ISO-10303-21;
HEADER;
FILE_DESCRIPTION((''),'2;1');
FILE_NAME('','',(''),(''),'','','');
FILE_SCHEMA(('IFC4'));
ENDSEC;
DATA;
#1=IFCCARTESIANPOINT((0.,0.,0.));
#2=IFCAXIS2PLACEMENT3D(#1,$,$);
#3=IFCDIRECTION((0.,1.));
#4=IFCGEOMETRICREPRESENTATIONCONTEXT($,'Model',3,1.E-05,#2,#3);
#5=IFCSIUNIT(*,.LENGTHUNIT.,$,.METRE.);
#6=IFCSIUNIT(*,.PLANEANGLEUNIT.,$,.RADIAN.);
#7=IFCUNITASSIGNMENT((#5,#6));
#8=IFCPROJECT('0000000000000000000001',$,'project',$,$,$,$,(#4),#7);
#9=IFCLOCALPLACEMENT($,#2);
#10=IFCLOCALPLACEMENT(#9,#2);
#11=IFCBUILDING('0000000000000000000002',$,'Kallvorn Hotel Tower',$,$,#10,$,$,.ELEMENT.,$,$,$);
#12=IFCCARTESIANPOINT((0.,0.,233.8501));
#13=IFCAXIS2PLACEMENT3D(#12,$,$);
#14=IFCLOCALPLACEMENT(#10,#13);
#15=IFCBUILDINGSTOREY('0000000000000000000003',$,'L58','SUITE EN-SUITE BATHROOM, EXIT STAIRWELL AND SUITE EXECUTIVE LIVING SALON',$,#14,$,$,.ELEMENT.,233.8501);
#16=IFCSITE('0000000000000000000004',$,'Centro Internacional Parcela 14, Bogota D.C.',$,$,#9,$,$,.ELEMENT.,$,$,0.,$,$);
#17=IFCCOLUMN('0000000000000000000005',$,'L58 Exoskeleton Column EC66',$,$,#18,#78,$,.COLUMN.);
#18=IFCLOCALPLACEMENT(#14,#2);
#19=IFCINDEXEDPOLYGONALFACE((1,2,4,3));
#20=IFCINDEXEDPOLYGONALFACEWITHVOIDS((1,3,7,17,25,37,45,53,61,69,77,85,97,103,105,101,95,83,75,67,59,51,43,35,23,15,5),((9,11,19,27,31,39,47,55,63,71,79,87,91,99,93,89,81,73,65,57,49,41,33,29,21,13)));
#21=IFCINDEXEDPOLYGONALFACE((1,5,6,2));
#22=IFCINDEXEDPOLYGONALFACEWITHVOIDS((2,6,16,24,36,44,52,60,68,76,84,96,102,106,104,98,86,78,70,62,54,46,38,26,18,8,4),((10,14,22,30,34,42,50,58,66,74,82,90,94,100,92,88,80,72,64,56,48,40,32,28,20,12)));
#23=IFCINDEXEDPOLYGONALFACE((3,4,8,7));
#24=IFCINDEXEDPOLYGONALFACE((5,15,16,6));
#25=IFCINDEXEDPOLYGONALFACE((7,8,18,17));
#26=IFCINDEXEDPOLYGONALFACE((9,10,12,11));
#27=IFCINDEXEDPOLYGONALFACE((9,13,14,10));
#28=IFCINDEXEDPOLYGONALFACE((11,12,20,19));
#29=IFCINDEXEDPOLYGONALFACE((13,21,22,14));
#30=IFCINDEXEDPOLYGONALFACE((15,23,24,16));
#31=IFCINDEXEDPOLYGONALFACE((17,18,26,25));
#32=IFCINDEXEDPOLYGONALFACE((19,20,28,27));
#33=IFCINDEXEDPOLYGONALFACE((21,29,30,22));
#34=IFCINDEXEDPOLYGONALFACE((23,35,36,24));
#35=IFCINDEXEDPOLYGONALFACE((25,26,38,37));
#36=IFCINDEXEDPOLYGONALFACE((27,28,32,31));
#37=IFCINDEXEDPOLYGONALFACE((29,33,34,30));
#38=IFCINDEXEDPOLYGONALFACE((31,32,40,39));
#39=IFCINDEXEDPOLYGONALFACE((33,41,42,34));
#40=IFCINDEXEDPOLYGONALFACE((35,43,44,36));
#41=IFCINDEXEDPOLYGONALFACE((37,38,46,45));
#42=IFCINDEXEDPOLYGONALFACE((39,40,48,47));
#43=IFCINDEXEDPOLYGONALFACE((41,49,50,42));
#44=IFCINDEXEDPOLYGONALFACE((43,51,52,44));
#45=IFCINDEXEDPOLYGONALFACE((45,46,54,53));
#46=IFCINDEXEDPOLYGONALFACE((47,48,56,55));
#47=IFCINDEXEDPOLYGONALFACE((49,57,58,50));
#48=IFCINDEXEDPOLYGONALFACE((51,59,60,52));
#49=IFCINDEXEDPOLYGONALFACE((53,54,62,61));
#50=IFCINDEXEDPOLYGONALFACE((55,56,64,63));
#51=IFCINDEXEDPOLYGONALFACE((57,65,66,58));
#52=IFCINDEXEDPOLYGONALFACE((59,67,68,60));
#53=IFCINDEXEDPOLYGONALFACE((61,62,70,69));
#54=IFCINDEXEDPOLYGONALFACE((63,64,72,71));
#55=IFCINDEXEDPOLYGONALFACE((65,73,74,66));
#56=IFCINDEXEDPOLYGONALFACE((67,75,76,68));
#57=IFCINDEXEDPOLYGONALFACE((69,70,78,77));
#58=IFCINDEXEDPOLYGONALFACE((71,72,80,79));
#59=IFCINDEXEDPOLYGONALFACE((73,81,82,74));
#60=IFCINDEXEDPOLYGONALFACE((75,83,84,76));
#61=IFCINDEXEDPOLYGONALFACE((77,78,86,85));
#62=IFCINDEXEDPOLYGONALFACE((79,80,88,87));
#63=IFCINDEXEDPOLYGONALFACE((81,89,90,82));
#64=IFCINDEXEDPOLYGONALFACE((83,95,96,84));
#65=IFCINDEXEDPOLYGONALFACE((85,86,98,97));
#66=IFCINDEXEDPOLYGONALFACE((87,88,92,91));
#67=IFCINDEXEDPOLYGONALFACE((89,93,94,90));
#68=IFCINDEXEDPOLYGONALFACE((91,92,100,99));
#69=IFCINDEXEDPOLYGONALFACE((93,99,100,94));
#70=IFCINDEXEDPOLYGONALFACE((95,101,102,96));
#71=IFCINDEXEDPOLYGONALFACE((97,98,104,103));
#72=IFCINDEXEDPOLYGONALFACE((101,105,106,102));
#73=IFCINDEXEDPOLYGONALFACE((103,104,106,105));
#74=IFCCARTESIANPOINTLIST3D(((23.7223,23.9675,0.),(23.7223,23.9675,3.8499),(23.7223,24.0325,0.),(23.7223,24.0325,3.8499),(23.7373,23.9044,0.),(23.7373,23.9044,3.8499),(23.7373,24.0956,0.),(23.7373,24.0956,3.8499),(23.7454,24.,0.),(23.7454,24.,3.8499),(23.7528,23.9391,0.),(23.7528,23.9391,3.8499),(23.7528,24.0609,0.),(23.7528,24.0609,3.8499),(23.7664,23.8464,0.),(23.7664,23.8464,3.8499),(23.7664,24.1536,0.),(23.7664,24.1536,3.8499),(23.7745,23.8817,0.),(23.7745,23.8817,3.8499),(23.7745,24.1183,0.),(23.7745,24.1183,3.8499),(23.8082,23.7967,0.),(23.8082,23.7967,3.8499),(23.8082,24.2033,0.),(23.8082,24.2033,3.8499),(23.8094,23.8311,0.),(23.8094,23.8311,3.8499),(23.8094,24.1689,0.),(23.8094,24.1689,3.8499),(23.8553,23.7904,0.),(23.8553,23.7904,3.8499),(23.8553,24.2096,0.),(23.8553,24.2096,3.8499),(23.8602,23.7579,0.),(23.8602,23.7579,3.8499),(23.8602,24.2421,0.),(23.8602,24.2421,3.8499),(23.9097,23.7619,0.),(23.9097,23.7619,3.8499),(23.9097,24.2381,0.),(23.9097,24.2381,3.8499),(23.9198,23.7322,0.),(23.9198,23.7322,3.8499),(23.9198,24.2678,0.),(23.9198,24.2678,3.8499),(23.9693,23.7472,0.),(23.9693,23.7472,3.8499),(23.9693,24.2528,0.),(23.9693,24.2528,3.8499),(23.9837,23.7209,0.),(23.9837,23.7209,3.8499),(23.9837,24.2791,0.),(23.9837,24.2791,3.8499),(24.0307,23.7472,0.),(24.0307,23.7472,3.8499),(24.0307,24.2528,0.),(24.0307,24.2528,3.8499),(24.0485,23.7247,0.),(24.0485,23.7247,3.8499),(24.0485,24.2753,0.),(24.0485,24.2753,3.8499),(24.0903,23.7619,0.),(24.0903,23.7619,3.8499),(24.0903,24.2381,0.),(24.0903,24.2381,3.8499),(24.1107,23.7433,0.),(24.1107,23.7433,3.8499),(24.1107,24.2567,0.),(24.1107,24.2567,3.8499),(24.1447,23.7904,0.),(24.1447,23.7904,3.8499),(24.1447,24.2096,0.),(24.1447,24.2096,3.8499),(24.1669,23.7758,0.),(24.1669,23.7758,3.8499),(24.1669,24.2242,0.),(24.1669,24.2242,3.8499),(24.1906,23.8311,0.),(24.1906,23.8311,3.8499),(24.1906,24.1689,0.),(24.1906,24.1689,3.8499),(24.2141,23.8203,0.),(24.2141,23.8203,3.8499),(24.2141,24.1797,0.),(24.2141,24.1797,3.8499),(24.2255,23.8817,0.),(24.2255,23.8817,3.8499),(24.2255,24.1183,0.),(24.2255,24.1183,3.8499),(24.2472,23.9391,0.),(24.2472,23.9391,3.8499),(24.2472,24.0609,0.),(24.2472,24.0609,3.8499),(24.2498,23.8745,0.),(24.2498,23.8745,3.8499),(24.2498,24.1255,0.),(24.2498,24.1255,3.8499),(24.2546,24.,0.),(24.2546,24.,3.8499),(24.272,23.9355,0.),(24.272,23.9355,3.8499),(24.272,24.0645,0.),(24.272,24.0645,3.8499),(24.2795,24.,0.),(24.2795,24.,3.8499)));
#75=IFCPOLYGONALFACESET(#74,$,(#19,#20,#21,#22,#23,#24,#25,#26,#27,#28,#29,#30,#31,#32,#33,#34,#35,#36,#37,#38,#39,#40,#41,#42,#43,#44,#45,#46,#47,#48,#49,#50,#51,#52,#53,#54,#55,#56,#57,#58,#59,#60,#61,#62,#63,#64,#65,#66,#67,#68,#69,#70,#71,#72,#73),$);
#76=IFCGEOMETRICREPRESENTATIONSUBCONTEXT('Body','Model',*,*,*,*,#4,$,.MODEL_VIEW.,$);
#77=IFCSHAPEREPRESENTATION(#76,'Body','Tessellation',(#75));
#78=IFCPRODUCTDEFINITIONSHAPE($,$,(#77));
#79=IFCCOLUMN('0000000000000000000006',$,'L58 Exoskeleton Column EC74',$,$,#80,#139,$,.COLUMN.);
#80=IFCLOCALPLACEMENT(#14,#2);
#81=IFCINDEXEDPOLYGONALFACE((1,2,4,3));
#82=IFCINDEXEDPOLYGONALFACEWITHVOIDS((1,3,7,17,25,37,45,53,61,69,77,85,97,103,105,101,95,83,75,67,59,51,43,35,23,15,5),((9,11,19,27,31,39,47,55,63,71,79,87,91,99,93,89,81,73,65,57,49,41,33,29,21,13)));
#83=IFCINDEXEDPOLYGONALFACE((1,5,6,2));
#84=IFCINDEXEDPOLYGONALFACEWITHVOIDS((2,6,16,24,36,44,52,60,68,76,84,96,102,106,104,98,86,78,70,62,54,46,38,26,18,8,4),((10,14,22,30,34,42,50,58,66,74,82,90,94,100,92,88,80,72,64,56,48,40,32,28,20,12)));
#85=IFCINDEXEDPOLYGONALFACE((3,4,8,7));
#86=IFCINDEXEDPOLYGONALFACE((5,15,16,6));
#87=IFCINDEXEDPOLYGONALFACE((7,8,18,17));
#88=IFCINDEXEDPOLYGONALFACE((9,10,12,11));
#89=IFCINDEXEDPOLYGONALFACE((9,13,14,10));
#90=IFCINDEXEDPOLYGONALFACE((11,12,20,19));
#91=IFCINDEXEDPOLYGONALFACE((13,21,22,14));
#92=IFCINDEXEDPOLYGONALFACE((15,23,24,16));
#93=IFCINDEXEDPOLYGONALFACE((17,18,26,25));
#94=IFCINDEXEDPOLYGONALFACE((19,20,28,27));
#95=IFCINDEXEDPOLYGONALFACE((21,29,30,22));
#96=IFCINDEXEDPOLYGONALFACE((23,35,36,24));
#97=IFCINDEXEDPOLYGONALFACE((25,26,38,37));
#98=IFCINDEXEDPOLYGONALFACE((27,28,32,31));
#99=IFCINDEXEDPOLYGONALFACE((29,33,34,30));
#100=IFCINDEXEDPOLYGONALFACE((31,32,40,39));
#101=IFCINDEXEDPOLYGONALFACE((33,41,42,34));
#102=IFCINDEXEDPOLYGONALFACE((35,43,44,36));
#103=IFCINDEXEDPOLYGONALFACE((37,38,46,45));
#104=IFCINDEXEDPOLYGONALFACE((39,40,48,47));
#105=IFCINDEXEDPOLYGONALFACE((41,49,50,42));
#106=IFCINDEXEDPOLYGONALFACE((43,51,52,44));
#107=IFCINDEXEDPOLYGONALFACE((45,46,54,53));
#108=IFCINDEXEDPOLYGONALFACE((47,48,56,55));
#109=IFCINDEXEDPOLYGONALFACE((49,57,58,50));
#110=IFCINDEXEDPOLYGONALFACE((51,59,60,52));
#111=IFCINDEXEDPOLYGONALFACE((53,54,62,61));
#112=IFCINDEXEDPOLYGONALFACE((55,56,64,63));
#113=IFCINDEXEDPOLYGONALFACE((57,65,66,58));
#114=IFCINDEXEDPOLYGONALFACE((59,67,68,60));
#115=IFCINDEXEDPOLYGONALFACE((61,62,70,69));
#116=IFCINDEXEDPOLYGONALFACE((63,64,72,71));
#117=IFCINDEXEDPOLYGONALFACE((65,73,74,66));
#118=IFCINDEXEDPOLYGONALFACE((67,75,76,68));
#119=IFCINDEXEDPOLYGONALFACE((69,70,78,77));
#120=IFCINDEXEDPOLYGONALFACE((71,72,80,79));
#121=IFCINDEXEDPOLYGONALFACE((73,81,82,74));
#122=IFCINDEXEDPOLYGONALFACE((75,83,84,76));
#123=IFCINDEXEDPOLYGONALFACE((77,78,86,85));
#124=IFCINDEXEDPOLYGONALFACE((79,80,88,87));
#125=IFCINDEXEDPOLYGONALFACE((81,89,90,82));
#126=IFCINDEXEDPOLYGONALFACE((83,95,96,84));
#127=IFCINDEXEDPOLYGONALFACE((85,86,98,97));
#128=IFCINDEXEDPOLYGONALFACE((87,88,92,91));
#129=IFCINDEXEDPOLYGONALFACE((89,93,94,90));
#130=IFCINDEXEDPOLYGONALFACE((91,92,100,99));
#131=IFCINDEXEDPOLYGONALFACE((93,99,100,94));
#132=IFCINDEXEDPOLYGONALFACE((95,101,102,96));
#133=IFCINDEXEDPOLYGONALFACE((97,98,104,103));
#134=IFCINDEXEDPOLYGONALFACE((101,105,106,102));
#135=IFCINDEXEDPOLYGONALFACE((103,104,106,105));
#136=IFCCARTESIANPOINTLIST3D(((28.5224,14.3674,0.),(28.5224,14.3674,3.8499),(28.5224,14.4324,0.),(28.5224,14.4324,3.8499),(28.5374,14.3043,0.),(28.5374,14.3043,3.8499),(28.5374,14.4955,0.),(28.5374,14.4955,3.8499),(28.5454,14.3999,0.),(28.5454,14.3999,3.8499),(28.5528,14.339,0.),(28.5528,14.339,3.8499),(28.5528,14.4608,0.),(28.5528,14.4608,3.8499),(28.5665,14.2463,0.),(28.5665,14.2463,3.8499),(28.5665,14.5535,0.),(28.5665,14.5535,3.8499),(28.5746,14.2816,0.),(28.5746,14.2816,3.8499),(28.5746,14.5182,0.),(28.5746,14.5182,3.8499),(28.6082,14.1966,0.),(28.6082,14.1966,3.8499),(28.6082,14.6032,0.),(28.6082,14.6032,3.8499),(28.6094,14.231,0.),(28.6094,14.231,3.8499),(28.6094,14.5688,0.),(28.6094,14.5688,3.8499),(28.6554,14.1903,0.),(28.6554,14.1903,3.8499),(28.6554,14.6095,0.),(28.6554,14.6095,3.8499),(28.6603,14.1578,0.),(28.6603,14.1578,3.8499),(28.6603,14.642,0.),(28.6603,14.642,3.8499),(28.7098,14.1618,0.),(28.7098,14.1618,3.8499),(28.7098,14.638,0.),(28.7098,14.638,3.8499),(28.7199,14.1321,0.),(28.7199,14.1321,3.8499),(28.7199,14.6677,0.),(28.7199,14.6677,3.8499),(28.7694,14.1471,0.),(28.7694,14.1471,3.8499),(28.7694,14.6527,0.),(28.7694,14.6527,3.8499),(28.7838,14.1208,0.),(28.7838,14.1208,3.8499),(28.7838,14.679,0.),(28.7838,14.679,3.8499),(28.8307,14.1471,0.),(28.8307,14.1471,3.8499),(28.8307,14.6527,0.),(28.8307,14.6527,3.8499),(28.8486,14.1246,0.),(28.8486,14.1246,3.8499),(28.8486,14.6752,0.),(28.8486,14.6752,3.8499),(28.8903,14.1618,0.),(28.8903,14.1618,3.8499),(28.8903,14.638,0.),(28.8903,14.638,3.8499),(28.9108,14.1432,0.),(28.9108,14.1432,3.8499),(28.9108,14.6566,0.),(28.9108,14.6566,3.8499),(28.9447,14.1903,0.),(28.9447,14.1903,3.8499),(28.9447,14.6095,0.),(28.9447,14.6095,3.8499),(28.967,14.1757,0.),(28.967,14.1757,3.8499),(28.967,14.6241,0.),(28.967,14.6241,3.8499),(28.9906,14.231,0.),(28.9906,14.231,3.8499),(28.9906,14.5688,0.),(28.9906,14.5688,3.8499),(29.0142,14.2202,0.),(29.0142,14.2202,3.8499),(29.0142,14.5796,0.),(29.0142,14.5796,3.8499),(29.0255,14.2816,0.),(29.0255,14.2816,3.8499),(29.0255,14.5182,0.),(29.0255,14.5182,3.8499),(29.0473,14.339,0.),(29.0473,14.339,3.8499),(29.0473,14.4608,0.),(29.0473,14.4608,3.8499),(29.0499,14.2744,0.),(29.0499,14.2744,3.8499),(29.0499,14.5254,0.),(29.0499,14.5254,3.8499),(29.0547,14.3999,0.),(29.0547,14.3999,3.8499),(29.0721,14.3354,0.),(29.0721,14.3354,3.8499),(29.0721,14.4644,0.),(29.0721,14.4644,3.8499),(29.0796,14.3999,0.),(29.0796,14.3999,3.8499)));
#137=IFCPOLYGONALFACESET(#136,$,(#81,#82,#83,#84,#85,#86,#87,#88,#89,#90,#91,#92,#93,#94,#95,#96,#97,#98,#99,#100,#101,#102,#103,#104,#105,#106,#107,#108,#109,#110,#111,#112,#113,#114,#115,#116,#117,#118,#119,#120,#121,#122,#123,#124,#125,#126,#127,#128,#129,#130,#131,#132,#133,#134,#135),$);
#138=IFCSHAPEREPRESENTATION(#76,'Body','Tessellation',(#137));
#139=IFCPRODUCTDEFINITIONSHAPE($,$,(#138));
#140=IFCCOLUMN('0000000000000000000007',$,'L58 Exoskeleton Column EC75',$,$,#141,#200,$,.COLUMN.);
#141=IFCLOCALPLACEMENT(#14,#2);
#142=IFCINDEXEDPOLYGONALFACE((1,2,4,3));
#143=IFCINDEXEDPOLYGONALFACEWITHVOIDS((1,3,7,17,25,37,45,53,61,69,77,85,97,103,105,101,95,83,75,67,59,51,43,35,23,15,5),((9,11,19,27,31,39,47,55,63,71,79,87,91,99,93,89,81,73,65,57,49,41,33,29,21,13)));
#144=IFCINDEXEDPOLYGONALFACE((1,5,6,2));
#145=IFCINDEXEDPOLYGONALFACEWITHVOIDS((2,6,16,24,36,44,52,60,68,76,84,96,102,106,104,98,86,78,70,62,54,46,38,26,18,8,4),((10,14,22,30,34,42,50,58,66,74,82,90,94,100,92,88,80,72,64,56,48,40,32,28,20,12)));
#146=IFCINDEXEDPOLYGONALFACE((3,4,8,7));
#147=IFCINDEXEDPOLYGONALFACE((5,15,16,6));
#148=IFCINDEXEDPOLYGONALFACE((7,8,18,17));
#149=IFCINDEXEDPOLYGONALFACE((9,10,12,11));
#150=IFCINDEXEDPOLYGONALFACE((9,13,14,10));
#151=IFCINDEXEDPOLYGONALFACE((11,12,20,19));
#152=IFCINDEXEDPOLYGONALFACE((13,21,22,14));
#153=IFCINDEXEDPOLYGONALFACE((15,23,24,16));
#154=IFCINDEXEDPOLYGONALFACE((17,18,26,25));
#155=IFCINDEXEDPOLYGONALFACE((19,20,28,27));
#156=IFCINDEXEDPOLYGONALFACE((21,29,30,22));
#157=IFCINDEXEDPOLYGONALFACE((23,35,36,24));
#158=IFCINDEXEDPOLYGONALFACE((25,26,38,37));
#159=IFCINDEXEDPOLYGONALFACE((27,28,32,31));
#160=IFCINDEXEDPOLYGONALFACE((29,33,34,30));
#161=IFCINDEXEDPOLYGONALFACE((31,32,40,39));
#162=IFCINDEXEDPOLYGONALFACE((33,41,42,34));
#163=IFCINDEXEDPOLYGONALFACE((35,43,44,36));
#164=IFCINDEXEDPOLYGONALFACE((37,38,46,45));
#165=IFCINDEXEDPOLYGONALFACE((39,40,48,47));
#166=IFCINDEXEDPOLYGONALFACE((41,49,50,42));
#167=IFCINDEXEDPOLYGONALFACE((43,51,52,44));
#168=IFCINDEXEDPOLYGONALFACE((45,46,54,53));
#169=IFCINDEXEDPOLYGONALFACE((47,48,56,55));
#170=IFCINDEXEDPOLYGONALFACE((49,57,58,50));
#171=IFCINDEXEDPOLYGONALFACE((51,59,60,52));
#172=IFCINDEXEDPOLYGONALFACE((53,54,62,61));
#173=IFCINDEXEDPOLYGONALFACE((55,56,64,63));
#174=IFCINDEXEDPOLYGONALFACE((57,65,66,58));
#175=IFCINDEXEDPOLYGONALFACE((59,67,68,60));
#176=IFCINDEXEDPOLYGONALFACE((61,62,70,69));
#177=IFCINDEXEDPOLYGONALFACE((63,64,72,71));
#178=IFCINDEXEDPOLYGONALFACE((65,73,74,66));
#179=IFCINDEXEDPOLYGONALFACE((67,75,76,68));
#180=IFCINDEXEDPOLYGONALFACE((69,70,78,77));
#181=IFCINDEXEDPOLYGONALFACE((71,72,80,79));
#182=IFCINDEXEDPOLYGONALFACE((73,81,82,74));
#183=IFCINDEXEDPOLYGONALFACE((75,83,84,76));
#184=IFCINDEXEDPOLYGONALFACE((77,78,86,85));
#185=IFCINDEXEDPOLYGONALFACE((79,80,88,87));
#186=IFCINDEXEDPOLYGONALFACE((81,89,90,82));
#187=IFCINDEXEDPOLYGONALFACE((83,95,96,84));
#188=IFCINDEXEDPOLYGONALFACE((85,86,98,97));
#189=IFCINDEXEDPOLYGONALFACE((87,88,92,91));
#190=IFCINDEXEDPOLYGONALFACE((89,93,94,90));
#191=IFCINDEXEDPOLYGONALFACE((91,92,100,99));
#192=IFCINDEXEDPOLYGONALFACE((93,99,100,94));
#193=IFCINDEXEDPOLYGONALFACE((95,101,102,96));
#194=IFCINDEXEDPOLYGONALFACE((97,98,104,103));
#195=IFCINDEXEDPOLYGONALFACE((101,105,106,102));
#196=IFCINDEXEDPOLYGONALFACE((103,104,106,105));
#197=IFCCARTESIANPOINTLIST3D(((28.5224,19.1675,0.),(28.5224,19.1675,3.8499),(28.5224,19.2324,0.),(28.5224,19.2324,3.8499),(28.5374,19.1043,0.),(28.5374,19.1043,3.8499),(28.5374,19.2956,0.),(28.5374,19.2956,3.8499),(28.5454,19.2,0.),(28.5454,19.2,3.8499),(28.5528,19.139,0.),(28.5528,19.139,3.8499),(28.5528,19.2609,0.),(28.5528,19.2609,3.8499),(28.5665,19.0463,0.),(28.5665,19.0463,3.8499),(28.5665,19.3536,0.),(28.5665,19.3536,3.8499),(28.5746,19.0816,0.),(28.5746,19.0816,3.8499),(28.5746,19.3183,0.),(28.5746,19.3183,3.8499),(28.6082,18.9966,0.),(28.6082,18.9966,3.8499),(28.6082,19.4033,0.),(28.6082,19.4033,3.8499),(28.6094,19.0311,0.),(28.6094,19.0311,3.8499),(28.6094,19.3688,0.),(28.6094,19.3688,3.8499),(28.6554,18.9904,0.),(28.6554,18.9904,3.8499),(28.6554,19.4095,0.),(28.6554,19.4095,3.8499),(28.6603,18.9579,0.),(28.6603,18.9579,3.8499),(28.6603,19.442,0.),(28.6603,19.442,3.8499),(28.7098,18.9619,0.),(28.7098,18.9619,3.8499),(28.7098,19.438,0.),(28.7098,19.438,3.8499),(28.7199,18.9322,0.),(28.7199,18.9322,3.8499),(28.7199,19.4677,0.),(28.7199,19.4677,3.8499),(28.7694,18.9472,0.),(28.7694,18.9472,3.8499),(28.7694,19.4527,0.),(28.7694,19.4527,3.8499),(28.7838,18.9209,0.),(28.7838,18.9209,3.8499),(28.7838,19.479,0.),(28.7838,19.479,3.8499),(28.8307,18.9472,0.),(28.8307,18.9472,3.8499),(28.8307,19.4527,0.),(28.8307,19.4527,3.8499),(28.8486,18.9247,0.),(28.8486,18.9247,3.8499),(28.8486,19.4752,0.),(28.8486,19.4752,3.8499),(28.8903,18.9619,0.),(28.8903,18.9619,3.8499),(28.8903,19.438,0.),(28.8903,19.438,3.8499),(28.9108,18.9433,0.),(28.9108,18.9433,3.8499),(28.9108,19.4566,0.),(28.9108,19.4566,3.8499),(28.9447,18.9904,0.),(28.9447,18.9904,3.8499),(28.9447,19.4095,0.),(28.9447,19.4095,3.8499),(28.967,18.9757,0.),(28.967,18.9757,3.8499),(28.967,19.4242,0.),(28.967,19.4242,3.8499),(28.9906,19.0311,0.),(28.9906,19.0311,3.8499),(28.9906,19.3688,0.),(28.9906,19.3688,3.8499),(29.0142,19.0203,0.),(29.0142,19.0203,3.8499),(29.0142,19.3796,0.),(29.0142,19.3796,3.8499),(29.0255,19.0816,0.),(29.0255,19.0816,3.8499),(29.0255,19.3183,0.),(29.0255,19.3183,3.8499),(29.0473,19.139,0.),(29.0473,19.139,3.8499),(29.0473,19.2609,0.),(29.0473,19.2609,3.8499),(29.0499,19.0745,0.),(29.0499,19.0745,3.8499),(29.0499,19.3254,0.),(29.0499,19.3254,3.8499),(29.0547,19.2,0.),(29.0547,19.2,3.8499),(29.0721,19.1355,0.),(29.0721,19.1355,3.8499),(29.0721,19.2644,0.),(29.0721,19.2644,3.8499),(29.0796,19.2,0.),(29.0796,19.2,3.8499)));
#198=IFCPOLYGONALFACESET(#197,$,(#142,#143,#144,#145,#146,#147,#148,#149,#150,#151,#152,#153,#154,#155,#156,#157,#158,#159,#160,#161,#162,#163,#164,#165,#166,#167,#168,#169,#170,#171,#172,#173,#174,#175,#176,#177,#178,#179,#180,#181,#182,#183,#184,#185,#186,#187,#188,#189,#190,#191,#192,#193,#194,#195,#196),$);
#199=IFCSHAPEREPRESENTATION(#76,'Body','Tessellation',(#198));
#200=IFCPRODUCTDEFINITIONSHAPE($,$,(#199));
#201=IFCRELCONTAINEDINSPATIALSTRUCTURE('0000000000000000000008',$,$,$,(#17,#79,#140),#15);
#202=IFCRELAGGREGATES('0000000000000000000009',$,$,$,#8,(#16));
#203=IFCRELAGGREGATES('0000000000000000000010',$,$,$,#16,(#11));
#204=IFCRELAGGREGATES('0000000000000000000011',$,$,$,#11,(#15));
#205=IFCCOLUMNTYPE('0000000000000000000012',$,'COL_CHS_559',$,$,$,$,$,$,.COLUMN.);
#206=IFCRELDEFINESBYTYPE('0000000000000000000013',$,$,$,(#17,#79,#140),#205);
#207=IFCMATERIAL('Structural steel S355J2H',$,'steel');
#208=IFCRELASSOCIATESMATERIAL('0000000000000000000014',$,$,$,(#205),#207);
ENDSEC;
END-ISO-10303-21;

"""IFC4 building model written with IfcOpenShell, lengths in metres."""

from ifc_helpers import new_model, si_unit, direction, frame, origin, origin_2d, place, context, subcontext, project, spatial, hollow_circle, extrude, material, material_profile, profile_set, type_object, element, save


model = new_model("IFC4")

# Units and contexts
model_context = context("Model", 3, precision=1e-05, world=origin(), true_north=direction((0.0, 1.0)))
body_context = subcontext(model_context, "Body", "Model", "MODEL_VIEW")
ifc_project = project(units=[si_unit("LENGTHUNIT", "METRE"), si_unit("PLANEANGLEUNIT", "RADIAN")], contexts=[model_context])

# Site, building, storey
site_placement = place(None, origin())
site = spatial("IfcSite", under=ifc_project, at=site_placement, Name="Centro Internacional Parcela 14, Bogota D.C.", CompositionType="ELEMENT", RefElevation=0.0)
building_placement = place(site_placement, origin())
building = spatial("IfcBuilding", under=site, at=building_placement, Name="Kallvorn Hotel Tower", CompositionType="ELEMENT")
storey_placement = place(building_placement, frame((0.0, 0.0, 233.8501)))
storey = spatial("IfcBuildingStorey", under=building, at=storey_placement, Name="L58", Description="SUITE EN-SUITE BATHROOM, EXIT STAIRWELL AND SUITE EXECUTIVE LIVING SALON", CompositionType="ELEMENT", Elevation=233.8501)

# Columns
ifc_material_1 = material(Name="Structural steel S355J2H", Category="steel")
ifc_material_profile_1 = material_profile(ifc_material_1, hollow_circle(Radius=0.2795, WallThickness=0.0249, at=origin_2d()), Name="CHS 559x25")
ifc_profile_set_1 = profile_set([ifc_material_profile_1], Name="Structural steel S355J2H")
column_type = type_object("IfcColumnType", Name="COL_CHS_559", PredefinedType="COLUMN", material=ifc_profile_set_1)
for number, where, z_axis, x_axis, name in (
    (1, (24.0, 24.0, 0.0), (0.0, 0.0, 1.0), (1.0, 0.0, 0.0), "L58 Exoskeleton Column EC66"),
    (2, (28.8, 14.3999, 0.0), (0.0, 0.0, 1.0), (1.0, 0.0, 0.0), "L58 Exoskeleton Column EC74"),
    (3, (28.8, 19.2, 0.0), (0.0, 0.0, 1.0), (1.0, 0.0, 0.0), "L58 Exoskeleton Column EC75"),
):
    element("IfcColumn", number, at=place(storey_placement, frame(where, z_axis=z_axis, x_axis=x_axis)), inside=storey, type_object=column_type, Name=name, PredefinedType="COLUMN", context=body_context, shape_type="SweptSolid", body=[
        extrude(hollow_circle(Radius=0.2795, WallThickness=0.0249, at=origin_2d()), origin(), (0.0, 0.0, 1.0), 3.8499),
    ])

save(model, "model.ifc")
